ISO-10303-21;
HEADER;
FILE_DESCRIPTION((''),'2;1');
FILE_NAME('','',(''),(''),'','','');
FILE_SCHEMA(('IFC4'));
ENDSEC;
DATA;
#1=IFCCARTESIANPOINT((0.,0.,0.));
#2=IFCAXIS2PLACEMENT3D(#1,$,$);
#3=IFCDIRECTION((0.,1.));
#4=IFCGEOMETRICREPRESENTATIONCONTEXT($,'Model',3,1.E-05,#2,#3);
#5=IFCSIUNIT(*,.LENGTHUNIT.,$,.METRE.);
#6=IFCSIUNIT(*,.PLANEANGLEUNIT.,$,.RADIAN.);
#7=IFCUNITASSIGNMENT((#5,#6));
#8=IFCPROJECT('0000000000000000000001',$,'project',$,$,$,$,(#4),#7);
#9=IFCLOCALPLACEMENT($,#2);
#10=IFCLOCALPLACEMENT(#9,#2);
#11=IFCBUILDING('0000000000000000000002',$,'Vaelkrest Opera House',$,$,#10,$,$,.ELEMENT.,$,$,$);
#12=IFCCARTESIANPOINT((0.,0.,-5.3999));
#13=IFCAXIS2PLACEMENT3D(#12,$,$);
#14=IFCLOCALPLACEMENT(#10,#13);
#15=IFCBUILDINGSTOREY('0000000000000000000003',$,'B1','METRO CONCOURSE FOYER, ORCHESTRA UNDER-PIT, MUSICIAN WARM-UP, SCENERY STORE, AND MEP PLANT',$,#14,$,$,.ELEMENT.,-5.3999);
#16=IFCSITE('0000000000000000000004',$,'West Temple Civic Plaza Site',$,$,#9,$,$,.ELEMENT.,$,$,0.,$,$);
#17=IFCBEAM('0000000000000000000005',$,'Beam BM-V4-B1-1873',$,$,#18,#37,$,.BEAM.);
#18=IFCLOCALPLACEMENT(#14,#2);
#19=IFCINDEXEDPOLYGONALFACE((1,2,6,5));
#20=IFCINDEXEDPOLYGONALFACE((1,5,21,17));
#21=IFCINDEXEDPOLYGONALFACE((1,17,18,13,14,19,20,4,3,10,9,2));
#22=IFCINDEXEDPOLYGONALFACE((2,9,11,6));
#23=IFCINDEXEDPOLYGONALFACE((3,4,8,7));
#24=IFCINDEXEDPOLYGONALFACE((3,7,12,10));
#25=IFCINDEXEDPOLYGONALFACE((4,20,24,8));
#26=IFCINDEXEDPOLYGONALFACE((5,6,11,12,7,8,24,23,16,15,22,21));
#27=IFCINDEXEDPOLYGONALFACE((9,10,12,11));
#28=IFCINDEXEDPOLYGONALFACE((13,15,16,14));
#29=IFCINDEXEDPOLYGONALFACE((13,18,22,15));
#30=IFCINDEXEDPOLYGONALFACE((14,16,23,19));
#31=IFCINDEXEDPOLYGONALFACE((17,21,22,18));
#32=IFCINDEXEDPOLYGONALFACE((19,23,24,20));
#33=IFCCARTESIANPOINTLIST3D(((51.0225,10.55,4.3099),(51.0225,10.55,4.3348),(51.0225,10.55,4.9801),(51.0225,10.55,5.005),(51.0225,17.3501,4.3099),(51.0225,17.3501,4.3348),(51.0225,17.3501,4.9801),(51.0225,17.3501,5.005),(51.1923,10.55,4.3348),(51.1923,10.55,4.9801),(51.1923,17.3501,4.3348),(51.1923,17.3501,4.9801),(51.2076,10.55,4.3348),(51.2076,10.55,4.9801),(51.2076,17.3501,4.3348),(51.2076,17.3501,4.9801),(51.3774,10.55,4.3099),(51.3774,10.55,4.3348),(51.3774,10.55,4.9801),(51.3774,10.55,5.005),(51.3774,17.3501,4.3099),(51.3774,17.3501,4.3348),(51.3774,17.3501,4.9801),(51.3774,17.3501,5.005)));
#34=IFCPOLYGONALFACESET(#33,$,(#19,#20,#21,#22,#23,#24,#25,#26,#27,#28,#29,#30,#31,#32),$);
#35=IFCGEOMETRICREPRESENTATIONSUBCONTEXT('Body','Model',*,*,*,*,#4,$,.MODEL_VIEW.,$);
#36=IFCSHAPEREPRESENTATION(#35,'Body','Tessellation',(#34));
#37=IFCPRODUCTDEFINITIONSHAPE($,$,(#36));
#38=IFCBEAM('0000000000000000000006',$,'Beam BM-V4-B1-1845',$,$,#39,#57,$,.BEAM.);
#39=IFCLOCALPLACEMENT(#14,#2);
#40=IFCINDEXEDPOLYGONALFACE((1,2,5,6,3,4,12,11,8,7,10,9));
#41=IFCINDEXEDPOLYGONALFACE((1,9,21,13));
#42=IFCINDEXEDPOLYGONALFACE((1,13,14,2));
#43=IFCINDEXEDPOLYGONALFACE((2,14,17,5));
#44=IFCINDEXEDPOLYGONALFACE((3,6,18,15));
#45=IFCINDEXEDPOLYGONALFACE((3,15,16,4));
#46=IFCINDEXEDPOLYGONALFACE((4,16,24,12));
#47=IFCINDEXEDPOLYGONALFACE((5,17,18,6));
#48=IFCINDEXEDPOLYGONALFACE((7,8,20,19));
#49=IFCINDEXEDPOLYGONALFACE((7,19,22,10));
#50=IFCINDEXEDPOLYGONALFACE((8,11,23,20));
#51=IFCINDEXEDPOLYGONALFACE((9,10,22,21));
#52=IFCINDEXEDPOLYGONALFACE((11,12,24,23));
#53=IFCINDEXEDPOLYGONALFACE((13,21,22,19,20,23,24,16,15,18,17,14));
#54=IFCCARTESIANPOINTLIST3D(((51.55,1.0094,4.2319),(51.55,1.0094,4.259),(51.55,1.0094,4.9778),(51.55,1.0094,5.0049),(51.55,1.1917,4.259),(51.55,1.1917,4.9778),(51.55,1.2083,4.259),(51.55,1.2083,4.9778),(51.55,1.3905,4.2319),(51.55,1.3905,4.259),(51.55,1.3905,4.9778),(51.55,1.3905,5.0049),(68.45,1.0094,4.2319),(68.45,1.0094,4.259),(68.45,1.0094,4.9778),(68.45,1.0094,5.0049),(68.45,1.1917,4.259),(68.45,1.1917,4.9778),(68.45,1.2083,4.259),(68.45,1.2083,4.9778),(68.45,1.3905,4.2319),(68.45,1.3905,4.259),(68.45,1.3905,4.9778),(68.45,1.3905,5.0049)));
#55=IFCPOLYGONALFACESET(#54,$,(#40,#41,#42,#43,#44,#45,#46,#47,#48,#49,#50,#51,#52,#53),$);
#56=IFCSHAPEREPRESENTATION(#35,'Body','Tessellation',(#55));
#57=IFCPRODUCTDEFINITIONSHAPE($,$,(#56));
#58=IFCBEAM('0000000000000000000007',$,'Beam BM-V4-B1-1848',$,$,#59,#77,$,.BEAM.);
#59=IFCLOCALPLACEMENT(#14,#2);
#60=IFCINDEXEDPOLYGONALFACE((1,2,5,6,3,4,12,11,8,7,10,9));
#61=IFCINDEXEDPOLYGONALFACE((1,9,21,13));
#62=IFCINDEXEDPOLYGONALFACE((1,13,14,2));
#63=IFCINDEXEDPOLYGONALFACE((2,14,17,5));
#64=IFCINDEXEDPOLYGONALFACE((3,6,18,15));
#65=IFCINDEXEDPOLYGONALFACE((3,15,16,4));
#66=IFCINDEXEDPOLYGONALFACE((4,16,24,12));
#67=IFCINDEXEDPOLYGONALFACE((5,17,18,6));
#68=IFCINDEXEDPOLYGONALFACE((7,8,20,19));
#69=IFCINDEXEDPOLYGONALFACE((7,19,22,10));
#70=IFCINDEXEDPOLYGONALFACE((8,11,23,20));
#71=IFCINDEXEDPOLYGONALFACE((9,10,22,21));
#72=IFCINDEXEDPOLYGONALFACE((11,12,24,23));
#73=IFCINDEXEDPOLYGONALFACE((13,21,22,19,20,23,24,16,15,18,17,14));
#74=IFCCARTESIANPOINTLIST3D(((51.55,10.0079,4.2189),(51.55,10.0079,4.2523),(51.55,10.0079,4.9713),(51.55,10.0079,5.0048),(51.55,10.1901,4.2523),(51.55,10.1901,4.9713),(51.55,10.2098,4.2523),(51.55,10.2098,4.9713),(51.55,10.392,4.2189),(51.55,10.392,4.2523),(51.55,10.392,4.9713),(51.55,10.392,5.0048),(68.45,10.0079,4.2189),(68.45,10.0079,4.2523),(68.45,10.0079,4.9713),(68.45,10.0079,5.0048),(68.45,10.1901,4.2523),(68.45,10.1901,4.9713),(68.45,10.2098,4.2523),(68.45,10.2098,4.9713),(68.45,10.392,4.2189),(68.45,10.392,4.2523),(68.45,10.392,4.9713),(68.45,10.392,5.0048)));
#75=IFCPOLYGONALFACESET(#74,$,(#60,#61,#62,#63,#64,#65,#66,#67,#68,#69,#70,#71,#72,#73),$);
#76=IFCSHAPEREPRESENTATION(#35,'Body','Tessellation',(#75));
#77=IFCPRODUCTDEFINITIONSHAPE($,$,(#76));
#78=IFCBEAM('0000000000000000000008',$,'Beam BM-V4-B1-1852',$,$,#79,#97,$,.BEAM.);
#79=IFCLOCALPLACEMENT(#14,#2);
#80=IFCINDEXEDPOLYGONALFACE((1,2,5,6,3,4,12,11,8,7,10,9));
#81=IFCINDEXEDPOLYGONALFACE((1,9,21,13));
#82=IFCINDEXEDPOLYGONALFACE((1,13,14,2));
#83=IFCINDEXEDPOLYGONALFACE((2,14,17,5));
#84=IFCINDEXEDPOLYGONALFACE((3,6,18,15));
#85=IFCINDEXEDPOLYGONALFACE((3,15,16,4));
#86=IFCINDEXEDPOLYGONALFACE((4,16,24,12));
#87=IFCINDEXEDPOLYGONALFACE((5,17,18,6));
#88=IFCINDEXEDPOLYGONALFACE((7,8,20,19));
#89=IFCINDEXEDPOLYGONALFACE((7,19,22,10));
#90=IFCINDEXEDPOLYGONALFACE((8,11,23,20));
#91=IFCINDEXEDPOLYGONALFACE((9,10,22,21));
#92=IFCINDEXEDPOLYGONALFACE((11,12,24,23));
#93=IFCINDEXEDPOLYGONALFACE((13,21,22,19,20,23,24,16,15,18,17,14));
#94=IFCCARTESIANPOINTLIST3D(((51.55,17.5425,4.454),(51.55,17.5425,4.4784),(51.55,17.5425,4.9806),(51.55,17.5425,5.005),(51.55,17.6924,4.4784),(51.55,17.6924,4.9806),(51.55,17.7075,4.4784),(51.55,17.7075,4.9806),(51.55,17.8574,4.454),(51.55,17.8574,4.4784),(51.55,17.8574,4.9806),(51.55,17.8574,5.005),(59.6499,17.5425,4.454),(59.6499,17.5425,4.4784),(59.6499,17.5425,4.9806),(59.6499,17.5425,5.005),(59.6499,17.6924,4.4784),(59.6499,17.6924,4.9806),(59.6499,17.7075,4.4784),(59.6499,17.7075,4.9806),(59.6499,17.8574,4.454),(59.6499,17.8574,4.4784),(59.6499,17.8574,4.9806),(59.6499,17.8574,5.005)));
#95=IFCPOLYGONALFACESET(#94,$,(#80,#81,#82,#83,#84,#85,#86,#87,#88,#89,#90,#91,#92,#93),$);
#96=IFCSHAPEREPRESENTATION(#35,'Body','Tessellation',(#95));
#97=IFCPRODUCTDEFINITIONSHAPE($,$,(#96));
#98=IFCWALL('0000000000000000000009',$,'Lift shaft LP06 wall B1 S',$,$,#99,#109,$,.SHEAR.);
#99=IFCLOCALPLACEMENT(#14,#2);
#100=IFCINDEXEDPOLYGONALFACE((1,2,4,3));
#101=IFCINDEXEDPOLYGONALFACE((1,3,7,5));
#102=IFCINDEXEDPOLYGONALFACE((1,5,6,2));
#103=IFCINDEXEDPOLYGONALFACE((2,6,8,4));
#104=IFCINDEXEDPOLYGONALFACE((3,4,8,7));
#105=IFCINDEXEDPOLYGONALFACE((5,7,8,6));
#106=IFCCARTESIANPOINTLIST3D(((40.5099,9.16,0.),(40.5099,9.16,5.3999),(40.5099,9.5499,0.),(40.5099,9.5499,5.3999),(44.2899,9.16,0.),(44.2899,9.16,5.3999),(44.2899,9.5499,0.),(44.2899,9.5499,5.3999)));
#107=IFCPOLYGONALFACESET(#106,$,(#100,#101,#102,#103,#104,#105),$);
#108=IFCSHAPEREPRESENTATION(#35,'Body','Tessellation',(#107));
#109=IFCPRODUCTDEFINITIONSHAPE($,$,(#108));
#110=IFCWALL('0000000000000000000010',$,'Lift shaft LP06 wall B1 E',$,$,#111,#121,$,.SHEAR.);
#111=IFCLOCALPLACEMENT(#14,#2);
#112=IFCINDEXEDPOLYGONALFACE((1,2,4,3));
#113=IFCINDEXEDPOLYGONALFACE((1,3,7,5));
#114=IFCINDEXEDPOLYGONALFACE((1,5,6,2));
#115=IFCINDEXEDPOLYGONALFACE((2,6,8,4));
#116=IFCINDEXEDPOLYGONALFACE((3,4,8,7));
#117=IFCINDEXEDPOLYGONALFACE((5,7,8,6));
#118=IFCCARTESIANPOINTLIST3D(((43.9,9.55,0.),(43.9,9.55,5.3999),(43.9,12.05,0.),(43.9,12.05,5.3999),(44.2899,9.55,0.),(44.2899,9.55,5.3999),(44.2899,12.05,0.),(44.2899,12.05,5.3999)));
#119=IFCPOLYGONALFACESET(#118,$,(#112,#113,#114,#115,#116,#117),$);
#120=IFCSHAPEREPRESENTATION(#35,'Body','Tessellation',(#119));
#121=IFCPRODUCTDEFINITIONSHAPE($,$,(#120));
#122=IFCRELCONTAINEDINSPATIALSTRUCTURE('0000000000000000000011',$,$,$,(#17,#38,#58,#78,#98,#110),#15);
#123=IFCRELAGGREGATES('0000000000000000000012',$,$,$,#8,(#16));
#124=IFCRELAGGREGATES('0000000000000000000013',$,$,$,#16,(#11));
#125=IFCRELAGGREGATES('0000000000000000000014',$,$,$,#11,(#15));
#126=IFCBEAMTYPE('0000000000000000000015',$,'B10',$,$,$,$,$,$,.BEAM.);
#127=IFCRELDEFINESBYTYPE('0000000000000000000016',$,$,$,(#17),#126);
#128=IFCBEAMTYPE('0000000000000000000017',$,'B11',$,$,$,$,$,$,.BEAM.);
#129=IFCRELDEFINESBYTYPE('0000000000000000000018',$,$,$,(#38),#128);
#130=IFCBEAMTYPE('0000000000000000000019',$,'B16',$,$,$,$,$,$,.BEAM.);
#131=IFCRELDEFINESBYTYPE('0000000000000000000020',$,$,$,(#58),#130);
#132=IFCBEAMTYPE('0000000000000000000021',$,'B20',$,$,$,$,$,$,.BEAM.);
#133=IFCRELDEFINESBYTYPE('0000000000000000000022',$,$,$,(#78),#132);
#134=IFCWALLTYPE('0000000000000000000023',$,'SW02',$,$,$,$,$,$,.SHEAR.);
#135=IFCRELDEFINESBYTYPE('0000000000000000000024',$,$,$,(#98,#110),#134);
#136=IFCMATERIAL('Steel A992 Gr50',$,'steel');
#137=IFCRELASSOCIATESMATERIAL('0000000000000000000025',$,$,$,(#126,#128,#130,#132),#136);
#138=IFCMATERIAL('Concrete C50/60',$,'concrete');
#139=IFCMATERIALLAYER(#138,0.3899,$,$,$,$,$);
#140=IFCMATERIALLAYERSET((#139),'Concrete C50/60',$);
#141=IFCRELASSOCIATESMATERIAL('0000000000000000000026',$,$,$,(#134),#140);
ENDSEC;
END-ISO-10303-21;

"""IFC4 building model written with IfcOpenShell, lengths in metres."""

from ifc_helpers import new_model, si_unit, direction, frame, frame_2d, origin, origin_2d, place, context, subcontext, project, spatial, rectangle, i_section, extrude, material, layer, layer_set, material_profile, profile_set, type_object, element, save


model = new_model("IFC4")

# Units and contexts
model_context = context("Model", 3, precision=1e-05, world=origin(), true_north=direction((0.0, 1.0)))
body_context = subcontext(model_context, "Body", "Model", "MODEL_VIEW")
ifc_project = project(units=[si_unit("LENGTHUNIT", "METRE"), si_unit("PLANEANGLEUNIT", "RADIAN")], contexts=[model_context])

# Site, building, storey
site_placement = place(None, origin())
site = spatial("IfcSite", under=ifc_project, at=site_placement, Name="West Temple Civic Plaza Site", CompositionType="ELEMENT", RefElevation=0.0)
building_placement = place(site_placement, origin())
building = spatial("IfcBuilding", under=site, at=building_placement, Name="Vaelkrest Opera House", CompositionType="ELEMENT")
storey_placement = place(building_placement, frame((0.0, 0.0, -5.3999)))
storey = spatial("IfcBuildingStorey", under=building, at=storey_placement, Name="B1", Description="METRO CONCOURSE FOYER, ORCHESTRA UNDER-PIT, MUSICIAN WARM-UP, SCENERY STORE, AND MEP PLANT", CompositionType="ELEMENT", Elevation=-5.3999)

# Shared definitions
ifc_material_1 = material(Name="Concrete C50/60", Category="concrete")

# Beams
ifc_material_2 = material(Name="Steel A992 Gr50", Category="steel")
ifc_material_profile_1 = material_profile(ifc_material_2, i_section(OverallWidth=0.355, OverallDepth=0.6951, WebThickness=0.0154, FlangeThickness=0.0249, at=origin_2d()), Name="W27X146")
ifc_profile_set_1 = profile_set([ifc_material_profile_1], Name="Steel A992 Gr50")
beam_type_1 = type_object("IfcBeamType", Name="B10", PredefinedType="BEAM", material=ifc_profile_set_1)
beam_1_placement = place(storey_placement, frame((51.2, 10.55, 4.6575), z_axis=(0.0, 1.0, 0.0), x_axis=(-1.0, 0.0, 0.0)))
element("IfcBeam", 1, at=beam_1_placement, inside=storey, type_object=beam_type_1, Name="Beam BM-V4-B1-1873", PredefinedType="BEAM", context=body_context, shape_type="SweptSolid", body=[
    extrude(i_section(OverallWidth=0.355, OverallDepth=0.6951, WebThickness=0.0154, FlangeThickness=0.0249, at=origin_2d()), origin(), (0.0, 0.0, 1.0), 6.8),
])
ifc_material_profile_2 = material_profile(ifc_material_2, i_section(OverallWidth=0.3811, OverallDepth=0.7729, WebThickness=0.0166, FlangeThickness=0.0271, at=origin_2d()), Name="W30X173")
ifc_profile_set_2 = profile_set([ifc_material_profile_2], Name="Steel A992 Gr50")
beam_type_2 = type_object("IfcBeamType", Name="B11", PredefinedType="BEAM", material=ifc_profile_set_2)
beam_2_placement = place(storey_placement, frame((51.55, 1.2, 4.6184), z_axis=(1.0, 0.0, 0.0), x_axis=(0.0, 1.0, 0.0)))
element("IfcBeam", 2, at=beam_2_placement, inside=storey, type_object=beam_type_2, Name="Beam BM-V4-B1-1845", PredefinedType="BEAM", context=body_context, shape_type="SweptSolid", body=[
    extrude(i_section(OverallWidth=0.3811, OverallDepth=0.7729, WebThickness=0.0166, FlangeThickness=0.0271, at=origin_2d()), origin(), (0.0, 0.0, 1.0), 16.8999),
])
ifc_material_profile_3 = material_profile(ifc_material_2, i_section(OverallWidth=0.384, OverallDepth=0.7859, WebThickness=0.0198, FlangeThickness=0.0334, at=origin_2d()), Name="W30X211")
ifc_profile_set_3 = profile_set([ifc_material_profile_3], Name="Steel A992 Gr50")
beam_type_3 = type_object("IfcBeamType", Name="B16", PredefinedType="BEAM", material=ifc_profile_set_3)
beam_3_placement = place(storey_placement, frame((51.55, 10.2, 4.6118), z_axis=(1.0, 0.0, 0.0), x_axis=(0.0, 1.0, 0.0)))
element("IfcBeam", 3, at=beam_3_placement, inside=storey, type_object=beam_type_3, Name="Beam BM-V4-B1-1848", PredefinedType="BEAM", context=body_context, shape_type="SweptSolid", body=[
    extrude(i_section(OverallWidth=0.384, OverallDepth=0.7859, WebThickness=0.0198, FlangeThickness=0.0334, at=origin_2d()), origin(), (0.0, 0.0, 1.0), 16.8999),
])
ifc_material_profile_4 = material_profile(ifc_material_2, i_section(OverallWidth=0.3149, OverallDepth=0.551, WebThickness=0.0151, FlangeThickness=0.0244, at=origin_2d()), Name="W21X122")
ifc_profile_set_4 = profile_set([ifc_material_profile_4], Name="Steel A992 Gr50")
beam_type_4 = type_object("IfcBeamType", Name="B20", PredefinedType="BEAM", material=ifc_profile_set_4)
beam_4_placement = place(storey_placement, frame((51.55, 17.7, 4.7295), z_axis=(1.0, 0.0, 0.0), x_axis=(0.0, 1.0, 0.0)))
element("IfcBeam", 4, at=beam_4_placement, inside=storey, type_object=beam_type_4, Name="Beam BM-V4-B1-1852", PredefinedType="BEAM", context=body_context, shape_type="SweptSolid", body=[
    extrude(i_section(OverallWidth=0.3149, OverallDepth=0.551, WebThickness=0.0151, FlangeThickness=0.0244, at=origin_2d()), origin(), (0.0, 0.0, 1.0), 8.0999),
])

# Walls
ifc_layer = layer(ifc_material_1, 0.3899)
ifc_layer_set = layer_set([ifc_layer], Name="Concrete C50/60")
wall_type = type_object("IfcWallType", Name="SW02", PredefinedType="SHEAR", material=ifc_layer_set)
wall_1_placement = place(storey_placement, frame((44.29, 9.355, 0.0), z_axis=(0.0, 0.0, 1.0), x_axis=(-1.0, 0.0, 0.0)))
element("IfcWall", 5, at=wall_1_placement, inside=storey, type_object=wall_type, Name="Lift shaft LP06 wall B1 S", PredefinedType="SHEAR", context=body_context, shape_type="SweptSolid", body=[
    extrude(rectangle(XDim=3.78, YDim=0.3899, at=frame_2d((1.8901, 0.0))), origin(), (0.0, 0.0, 1.0), 5.3999),
])
wall_2_placement = place(storey_placement, frame((44.095, 12.05, 0.0), z_axis=(0.0, 0.0, 1.0), x_axis=(0.0, -1.0, 0.0)))
element("IfcWall", 6, at=wall_2_placement, inside=storey, type_object=wall_type, Name="Lift shaft LP06 wall B1 E", PredefinedType="SHEAR", context=body_context, shape_type="SweptSolid", body=[
    extrude(rectangle(XDim=2.5, YDim=0.3899, at=frame_2d((1.25, 0.0))), origin(), (0.0, 0.0, 1.0), 5.3999),
])

save(model, "model.ifc")
